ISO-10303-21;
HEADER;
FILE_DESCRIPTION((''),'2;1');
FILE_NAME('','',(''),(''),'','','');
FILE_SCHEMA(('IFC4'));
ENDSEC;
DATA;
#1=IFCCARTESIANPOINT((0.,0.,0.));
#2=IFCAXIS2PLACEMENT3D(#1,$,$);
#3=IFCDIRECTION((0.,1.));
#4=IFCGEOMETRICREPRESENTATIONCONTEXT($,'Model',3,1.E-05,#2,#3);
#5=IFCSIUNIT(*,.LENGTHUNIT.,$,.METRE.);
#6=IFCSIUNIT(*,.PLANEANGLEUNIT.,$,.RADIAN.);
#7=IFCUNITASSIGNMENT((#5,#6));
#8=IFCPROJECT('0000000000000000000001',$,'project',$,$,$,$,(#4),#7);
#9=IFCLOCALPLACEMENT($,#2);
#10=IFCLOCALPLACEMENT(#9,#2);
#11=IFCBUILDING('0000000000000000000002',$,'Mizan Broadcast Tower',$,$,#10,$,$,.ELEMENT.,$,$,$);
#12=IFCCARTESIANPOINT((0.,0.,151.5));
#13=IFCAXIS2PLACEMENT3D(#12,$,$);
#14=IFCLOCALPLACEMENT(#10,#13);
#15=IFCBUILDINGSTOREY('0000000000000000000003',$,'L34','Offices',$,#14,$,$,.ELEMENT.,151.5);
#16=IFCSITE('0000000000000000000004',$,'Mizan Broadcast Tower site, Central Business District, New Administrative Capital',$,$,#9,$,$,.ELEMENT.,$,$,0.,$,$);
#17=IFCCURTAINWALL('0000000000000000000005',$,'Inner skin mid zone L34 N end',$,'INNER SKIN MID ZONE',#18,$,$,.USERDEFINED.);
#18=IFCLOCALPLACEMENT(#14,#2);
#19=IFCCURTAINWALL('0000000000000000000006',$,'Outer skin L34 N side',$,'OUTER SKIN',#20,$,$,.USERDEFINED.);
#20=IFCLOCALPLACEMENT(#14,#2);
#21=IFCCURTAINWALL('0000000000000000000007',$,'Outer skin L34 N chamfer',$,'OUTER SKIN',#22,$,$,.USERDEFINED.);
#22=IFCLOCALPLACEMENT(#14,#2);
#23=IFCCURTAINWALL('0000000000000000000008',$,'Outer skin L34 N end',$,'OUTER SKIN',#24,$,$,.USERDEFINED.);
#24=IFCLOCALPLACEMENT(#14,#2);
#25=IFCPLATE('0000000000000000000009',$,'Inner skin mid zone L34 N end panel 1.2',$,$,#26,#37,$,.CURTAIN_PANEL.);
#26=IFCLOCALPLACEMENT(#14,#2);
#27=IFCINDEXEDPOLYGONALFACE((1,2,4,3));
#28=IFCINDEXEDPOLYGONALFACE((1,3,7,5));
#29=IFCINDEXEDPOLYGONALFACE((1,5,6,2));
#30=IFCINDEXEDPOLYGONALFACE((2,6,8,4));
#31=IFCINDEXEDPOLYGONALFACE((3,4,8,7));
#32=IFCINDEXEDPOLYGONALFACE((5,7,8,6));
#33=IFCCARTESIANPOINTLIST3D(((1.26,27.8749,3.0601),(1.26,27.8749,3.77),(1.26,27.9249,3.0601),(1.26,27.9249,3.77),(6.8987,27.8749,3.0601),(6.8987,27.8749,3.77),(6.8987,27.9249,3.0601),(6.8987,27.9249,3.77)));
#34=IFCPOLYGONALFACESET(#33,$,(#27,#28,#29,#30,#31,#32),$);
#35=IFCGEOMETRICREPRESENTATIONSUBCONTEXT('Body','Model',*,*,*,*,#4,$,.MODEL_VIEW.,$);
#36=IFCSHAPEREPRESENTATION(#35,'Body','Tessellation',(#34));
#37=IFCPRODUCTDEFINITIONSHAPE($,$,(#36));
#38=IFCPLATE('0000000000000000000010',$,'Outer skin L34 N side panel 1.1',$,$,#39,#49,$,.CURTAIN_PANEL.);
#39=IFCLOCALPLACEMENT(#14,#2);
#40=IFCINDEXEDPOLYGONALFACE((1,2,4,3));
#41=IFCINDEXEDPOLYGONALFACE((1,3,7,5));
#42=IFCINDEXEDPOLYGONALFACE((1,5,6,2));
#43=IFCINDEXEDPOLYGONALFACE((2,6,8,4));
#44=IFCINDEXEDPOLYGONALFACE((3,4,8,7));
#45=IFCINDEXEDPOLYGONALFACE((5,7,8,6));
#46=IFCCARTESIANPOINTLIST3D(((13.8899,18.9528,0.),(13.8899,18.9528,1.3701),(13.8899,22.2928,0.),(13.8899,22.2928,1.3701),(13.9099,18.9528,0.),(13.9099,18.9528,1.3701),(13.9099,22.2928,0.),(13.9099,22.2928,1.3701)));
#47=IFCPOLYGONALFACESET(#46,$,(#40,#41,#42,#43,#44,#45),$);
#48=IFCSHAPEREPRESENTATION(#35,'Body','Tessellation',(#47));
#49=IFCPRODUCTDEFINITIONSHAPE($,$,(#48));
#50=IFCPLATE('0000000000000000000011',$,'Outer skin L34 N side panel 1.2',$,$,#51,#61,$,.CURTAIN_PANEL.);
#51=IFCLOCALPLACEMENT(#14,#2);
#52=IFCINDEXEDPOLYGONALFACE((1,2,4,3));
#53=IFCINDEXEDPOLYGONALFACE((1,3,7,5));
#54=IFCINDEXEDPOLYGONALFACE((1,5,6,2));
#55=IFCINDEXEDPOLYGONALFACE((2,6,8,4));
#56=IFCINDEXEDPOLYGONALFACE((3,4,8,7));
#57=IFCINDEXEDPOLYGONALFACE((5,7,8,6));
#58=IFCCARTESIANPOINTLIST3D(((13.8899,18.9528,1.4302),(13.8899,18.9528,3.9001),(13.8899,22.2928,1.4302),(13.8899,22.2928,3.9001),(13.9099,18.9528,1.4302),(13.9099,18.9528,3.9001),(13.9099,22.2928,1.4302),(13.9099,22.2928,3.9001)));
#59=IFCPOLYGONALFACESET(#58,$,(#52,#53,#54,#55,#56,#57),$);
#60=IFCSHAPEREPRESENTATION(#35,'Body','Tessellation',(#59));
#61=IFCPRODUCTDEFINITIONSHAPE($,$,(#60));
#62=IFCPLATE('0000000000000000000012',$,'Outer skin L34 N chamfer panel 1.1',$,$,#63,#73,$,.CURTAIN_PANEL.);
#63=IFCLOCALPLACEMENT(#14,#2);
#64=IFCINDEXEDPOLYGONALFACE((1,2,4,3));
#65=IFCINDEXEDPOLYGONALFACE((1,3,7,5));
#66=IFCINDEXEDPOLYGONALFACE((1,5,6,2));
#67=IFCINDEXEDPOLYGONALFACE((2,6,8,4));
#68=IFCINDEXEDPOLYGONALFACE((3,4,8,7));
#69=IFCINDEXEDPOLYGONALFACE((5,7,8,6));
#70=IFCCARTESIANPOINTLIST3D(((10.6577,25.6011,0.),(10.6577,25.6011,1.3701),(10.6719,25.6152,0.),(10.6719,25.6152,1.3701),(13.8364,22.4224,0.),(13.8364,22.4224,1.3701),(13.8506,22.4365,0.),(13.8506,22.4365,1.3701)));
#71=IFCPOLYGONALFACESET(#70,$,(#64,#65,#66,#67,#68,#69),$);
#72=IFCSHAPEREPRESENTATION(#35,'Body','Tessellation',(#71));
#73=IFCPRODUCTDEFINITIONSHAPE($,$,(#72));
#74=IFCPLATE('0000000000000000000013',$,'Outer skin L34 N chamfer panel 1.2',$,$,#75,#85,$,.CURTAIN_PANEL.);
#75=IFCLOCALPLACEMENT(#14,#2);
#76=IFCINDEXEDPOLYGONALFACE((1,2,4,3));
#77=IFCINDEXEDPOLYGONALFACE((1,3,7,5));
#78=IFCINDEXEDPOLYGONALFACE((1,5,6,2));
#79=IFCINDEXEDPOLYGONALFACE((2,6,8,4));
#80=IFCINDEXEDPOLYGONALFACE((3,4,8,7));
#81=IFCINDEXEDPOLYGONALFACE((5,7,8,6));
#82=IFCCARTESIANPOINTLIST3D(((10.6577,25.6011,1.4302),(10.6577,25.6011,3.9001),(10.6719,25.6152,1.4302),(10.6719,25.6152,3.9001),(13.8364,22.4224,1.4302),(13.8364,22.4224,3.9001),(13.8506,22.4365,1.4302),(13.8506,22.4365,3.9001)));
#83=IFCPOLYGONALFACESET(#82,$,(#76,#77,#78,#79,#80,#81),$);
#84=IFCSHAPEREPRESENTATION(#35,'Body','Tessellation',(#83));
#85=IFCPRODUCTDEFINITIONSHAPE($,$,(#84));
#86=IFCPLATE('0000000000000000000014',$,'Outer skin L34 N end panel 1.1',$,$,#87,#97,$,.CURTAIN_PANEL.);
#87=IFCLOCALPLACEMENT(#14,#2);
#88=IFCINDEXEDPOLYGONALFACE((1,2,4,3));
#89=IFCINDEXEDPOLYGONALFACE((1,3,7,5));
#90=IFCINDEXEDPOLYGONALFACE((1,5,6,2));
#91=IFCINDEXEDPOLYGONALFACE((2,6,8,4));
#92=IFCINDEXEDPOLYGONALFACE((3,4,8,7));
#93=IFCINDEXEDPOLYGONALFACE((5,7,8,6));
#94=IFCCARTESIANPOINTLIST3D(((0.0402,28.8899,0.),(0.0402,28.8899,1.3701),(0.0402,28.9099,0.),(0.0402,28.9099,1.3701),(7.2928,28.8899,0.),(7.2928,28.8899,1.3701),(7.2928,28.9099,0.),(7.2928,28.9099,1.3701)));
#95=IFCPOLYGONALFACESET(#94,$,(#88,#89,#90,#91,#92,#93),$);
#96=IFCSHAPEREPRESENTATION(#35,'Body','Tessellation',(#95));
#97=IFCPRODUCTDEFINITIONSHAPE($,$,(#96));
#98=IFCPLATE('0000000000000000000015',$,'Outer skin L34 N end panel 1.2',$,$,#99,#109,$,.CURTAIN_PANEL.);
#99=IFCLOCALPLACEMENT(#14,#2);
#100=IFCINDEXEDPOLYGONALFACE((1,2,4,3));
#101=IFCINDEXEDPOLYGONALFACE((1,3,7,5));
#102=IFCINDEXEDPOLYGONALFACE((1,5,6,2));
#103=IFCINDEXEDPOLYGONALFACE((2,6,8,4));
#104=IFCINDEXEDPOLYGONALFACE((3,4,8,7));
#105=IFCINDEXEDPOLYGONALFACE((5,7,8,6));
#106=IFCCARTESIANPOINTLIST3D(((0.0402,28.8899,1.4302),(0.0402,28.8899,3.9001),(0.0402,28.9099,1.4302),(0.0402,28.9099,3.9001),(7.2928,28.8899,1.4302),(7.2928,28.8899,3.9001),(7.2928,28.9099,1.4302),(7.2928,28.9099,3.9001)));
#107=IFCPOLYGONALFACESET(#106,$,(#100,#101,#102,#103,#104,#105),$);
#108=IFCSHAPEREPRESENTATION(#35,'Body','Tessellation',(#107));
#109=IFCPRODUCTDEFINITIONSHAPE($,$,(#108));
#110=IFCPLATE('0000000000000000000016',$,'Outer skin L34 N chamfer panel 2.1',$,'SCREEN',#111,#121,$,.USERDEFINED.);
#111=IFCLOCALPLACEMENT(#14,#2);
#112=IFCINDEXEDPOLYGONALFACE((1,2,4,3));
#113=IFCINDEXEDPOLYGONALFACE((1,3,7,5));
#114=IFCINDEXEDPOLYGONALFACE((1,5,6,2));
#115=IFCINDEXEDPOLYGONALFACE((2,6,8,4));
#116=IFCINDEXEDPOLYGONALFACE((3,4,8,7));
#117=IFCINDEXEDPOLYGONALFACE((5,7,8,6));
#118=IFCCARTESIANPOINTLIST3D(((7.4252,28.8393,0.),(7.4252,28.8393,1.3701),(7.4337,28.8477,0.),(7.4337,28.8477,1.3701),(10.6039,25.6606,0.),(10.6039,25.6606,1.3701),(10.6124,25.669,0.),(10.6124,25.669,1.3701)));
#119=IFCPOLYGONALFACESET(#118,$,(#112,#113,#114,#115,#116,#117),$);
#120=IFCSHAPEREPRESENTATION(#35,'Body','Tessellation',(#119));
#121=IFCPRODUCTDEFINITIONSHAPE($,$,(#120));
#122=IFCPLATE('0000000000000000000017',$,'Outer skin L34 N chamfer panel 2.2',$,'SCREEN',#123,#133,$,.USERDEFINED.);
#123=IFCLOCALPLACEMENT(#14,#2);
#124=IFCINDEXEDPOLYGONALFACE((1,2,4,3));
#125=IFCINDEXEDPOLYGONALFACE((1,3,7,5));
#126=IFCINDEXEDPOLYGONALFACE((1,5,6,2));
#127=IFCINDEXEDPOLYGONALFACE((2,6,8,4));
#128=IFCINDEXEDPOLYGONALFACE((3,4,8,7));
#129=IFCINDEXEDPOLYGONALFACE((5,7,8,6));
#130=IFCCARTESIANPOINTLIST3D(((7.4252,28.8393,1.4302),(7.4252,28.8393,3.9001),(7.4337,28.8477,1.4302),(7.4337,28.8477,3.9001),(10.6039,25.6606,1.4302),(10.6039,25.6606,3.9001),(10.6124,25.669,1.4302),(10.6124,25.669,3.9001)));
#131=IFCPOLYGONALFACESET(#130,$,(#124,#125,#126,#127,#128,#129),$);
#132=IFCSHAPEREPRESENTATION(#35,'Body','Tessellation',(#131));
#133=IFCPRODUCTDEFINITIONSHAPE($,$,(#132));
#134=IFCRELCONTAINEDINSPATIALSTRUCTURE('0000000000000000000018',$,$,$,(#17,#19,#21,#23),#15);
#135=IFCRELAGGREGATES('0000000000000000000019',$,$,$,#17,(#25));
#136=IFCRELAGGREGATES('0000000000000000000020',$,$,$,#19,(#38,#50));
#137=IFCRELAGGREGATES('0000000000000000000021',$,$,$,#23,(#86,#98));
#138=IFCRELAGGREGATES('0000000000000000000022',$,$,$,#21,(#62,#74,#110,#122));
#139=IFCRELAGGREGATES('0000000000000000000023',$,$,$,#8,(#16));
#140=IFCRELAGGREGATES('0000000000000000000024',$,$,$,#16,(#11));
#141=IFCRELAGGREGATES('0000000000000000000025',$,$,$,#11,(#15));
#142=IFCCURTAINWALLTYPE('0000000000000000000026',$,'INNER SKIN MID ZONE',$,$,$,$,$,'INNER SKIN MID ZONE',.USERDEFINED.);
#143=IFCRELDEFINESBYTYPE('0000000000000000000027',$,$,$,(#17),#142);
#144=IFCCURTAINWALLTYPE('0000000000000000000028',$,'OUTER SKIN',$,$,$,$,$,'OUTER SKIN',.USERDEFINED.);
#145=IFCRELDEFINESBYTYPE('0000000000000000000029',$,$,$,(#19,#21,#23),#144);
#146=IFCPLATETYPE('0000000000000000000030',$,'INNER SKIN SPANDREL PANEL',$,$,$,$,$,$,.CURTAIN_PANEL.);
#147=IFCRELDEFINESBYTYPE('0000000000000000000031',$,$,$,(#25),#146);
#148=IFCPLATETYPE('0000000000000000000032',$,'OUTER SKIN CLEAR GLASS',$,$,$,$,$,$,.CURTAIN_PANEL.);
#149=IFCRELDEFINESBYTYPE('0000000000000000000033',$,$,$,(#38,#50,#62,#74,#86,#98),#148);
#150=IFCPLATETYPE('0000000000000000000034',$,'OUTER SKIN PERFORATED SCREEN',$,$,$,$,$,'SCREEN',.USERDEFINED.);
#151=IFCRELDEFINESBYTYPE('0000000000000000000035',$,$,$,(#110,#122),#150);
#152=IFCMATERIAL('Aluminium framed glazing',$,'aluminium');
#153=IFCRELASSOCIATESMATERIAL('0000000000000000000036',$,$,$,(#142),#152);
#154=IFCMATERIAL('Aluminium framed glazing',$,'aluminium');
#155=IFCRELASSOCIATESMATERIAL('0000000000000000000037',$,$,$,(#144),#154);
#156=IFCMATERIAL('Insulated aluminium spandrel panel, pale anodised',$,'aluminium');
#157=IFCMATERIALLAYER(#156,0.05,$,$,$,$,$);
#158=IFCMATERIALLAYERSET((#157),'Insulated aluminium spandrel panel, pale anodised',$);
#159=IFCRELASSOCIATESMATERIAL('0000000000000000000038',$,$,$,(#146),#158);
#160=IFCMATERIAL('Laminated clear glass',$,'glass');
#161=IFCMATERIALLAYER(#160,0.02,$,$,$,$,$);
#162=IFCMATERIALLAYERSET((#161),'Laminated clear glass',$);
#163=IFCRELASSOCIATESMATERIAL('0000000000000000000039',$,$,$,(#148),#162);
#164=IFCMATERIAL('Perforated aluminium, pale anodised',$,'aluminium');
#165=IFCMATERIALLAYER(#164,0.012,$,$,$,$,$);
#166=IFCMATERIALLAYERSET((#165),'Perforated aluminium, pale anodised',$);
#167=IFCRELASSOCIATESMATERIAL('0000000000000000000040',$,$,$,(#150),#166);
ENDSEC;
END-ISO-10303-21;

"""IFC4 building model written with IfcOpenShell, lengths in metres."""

from ifc_helpers import new_model, si_unit, direction, frame, origin, origin_2d, place, context, subcontext, project, spatial, rectangle, extrude, material, layer, layer_set, type_object, element, aggregate, save


model = new_model("IFC4")

# Units and contexts
model_context = context("Model", 3, precision=1e-05, world=origin(), true_north=direction((0.0, 1.0)))
body_context = subcontext(model_context, "Body", "Model", "MODEL_VIEW")
ifc_project = project(units=[si_unit("LENGTHUNIT", "METRE"), si_unit("PLANEANGLEUNIT", "RADIAN")], contexts=[model_context])

# Site, building, storey
site_placement = place(None, origin())
site = spatial("IfcSite", under=ifc_project, at=site_placement, Name="Mizan Broadcast Tower site, Central Business District, New Administrative Capital", CompositionType="ELEMENT", RefElevation=0.0)
building_placement = place(site_placement, origin())
building = spatial("IfcBuilding", under=site, at=building_placement, Name="Mizan Broadcast Tower", CompositionType="ELEMENT")
storey_placement = place(building_placement, frame((0.0, 0.0, 151.5)))
storey = spatial("IfcBuildingStorey", under=building, at=storey_placement, Name="L34", Description="Offices", CompositionType="ELEMENT", Elevation=151.5)

# Curtain wall
ifc_material_1 = material(Name="Aluminium framed glazing", Category="aluminium")
curtain_wall_type_1 = type_object("IfcCurtainWallType", Name="INNER SKIN MID ZONE", ElementType="INNER SKIN MID ZONE", PredefinedType="USERDEFINED", material=ifc_material_1)
curtain_wall_1_placement = place(storey_placement, origin())
curtain_wall_1 = element("IfcCurtainWall", 1, at=curtain_wall_1_placement, inside=storey, type_object=curtain_wall_type_1, Name="Inner skin mid zone L34 N end", ObjectType="INNER SKIN MID ZONE", PredefinedType="USERDEFINED")

# Curtain wall
ifc_material_2 = material(Name="Aluminium framed glazing", Category="aluminium")
curtain_wall_type_2 = type_object("IfcCurtainWallType", Name="OUTER SKIN", ElementType="OUTER SKIN", PredefinedType="USERDEFINED", material=ifc_material_2)
curtain_wall_2_placement = place(storey_placement, origin())
curtain_wall_2 = element("IfcCurtainWall", 2, at=curtain_wall_2_placement, inside=storey, type_object=curtain_wall_type_2, Name="Outer skin L34 N side", ObjectType="OUTER SKIN", PredefinedType="USERDEFINED")

# Curtain wall
curtain_wall_3_placement = place(storey_placement, origin())
curtain_wall_3 = element("IfcCurtainWall", 3, at=curtain_wall_3_placement, inside=storey, type_object=curtain_wall_type_2, Name="Outer skin L34 N chamfer", ObjectType="OUTER SKIN", PredefinedType="USERDEFINED")

# Curtain wall
curtain_wall_4_placement = place(storey_placement, origin())
curtain_wall_4 = element("IfcCurtainWall", 4, at=curtain_wall_4_placement, inside=storey, type_object=curtain_wall_type_2, Name="Outer skin L34 N end", ObjectType="OUTER SKIN", PredefinedType="USERDEFINED")

# Plates
ifc_material_3 = material(Name="Insulated aluminium spandrel panel, pale anodised", Category="aluminium")
ifc_layer_1 = layer(ifc_material_3, 0.05)
ifc_layer_set_1 = layer_set([ifc_layer_1], Name="Insulated aluminium spandrel panel, pale anodised")
plate_type_1 = type_object("IfcPlateType", Name="INNER SKIN SPANDREL PANEL", PredefinedType="CURTAIN_PANEL", material=ifc_layer_set_1)
plate_1_placement = place(storey_placement, frame((4.0793, 27.8999, 3.0601), z_axis=(0.0, 0.0, 1.0), x_axis=(-1.0, 0.0, 0.0)))
plate_1 = element("IfcPlate", 5, at=plate_1_placement, type_object=plate_type_1, Name="Inner skin mid zone L34 N end panel 1.2", PredefinedType="CURTAIN_PANEL", context=body_context, shape_type="SweptSolid", body=[
    extrude(rectangle(XDim=5.6387, YDim=0.05, at=origin_2d()), origin(), (0.0, 0.0, 1.0), 0.71),
])
aggregate(curtain_wall_1, [plate_1])
ifc_material_4 = material(Name="Laminated clear glass", Category="glass")
ifc_layer_2 = layer(ifc_material_4, 0.02)
ifc_layer_set_2 = layer_set([ifc_layer_2], Name="Laminated clear glass")
plate_type_2 = type_object("IfcPlateType", Name="OUTER SKIN CLEAR GLASS", PredefinedType="CURTAIN_PANEL", material=ifc_layer_set_2)
plate_2_placement = place(storey_placement, frame((13.8999, 20.6228, 0.0), z_axis=(0.0, 0.0, 1.0), x_axis=(0.0, 1.0, 0.0)))
plate_2 = element("IfcPlate", 6, at=plate_2_placement, type_object=plate_type_2, Name="Outer skin L34 N side panel 1.1", PredefinedType="CURTAIN_PANEL", context=body_context, shape_type="SweptSolid", body=[
    extrude(rectangle(XDim=3.3401, YDim=0.02, at=origin_2d()), origin(), (0.0, 0.0, 1.0), 1.3701),
])
plate_3_placement = place(storey_placement, frame((13.8999, 20.6228, 1.4302), z_axis=(0.0, 0.0, 1.0), x_axis=(0.0, 1.0, 0.0)))
plate_3 = element("IfcPlate", 7, at=plate_3_placement, type_object=plate_type_2, Name="Outer skin L34 N side panel 1.2", PredefinedType="CURTAIN_PANEL", context=body_context, shape_type="SweptSolid", body=[
    extrude(rectangle(XDim=3.3401, YDim=0.02, at=origin_2d()), origin(), (0.0, 0.0, 1.0), 2.47),
])
aggregate(curtain_wall_2, [plate_2, plate_3])
plate_4_placement = place(storey_placement, frame((12.2542, 24.0188, 0.0), z_axis=(0.0, 0.0, 1.0), x_axis=(-0.707107, 0.707107, 0.0)))
plate_4 = element("IfcPlate", 8, at=plate_4_placement, type_object=plate_type_2, Name="Outer skin L34 N chamfer panel 1.1", PredefinedType="CURTAIN_PANEL", context=body_context, shape_type="SweptSolid", body=[
    extrude(rectangle(XDim=4.4954, YDim=0.02, at=origin_2d()), origin(), (0.0, 0.0, 1.0), 1.3701),
])
plate_5_placement = place(storey_placement, frame((12.2542, 24.0188, 1.4302), z_axis=(0.0, 0.0, 1.0), x_axis=(-0.707107, 0.707107, 0.0)))
plate_5 = element("IfcPlate", 9, at=plate_5_placement, type_object=plate_type_2, Name="Outer skin L34 N chamfer panel 1.2", PredefinedType="CURTAIN_PANEL", context=body_context, shape_type="SweptSolid", body=[
    extrude(rectangle(XDim=4.4954, YDim=0.02, at=origin_2d()), origin(), (0.0, 0.0, 1.0), 2.47),
])
plate_6_placement = place(storey_placement, frame((3.6665, 28.8999, 0.0), z_axis=(0.0, 0.0, 1.0), x_axis=(-1.0, 0.0, 0.0)))
plate_6 = element("IfcPlate", 10, at=plate_6_placement, type_object=plate_type_2, Name="Outer skin L34 N end panel 1.1", PredefinedType="CURTAIN_PANEL", context=body_context, shape_type="SweptSolid", body=[
    extrude(rectangle(XDim=7.2527, YDim=0.02, at=origin_2d()), origin(), (0.0, 0.0, 1.0), 1.3701),
])
plate_7_placement = place(storey_placement, frame((3.6665, 28.8999, 1.4302), z_axis=(0.0, 0.0, 1.0), x_axis=(-1.0, 0.0, 0.0)))
plate_7 = element("IfcPlate", 11, at=plate_7_placement, type_object=plate_type_2, Name="Outer skin L34 N end panel 1.2", PredefinedType="CURTAIN_PANEL", context=body_context, shape_type="SweptSolid", body=[
    extrude(rectangle(XDim=7.2527, YDim=0.02, at=origin_2d()), origin(), (0.0, 0.0, 1.0), 2.47),
])
aggregate(curtain_wall_4, [plate_6, plate_7])
ifc_material_5 = material(Name="Perforated aluminium, pale anodised", Category="aluminium")
ifc_layer_3 = layer(ifc_material_5, 0.012)
ifc_layer_set_3 = layer_set([ifc_layer_3], Name="Perforated aluminium, pale anodised")
plate_type_3 = type_object("IfcPlateType", Name="OUTER SKIN PERFORATED SCREEN", ElementType="SCREEN", PredefinedType="USERDEFINED", material=ifc_layer_set_3)
plate_8_placement = place(storey_placement, frame((9.0188, 27.2542, 0.0), z_axis=(0.0, 0.0, 1.0), x_axis=(-0.707107, 0.707107, 0.0)))
plate_8 = element("IfcPlate", 12, at=plate_8_placement, type_object=plate_type_3, Name="Outer skin L34 N chamfer panel 2.1", ObjectType="SCREEN", PredefinedType="USERDEFINED", context=body_context, shape_type="SweptSolid", body=[
    extrude(rectangle(XDim=4.4954, YDim=0.012, at=origin_2d()), origin(), (0.0, 0.0, 1.0), 1.3701),
])
plate_9_placement = place(storey_placement, frame((9.0188, 27.2542, 1.4302), z_axis=(0.0, 0.0, 1.0), x_axis=(-0.707107, 0.707107, 0.0)))
plate_9 = element("IfcPlate", 13, at=plate_9_placement, type_object=plate_type_3, Name="Outer skin L34 N chamfer panel 2.2", ObjectType="SCREEN", PredefinedType="USERDEFINED", context=body_context, shape_type="SweptSolid", body=[
    extrude(rectangle(XDim=4.4954, YDim=0.012, at=origin_2d()), origin(), (0.0, 0.0, 1.0), 2.47),
])
aggregate(curtain_wall_3, [plate_4, plate_5, plate_8, plate_9])

save(model, "model.ifc")
